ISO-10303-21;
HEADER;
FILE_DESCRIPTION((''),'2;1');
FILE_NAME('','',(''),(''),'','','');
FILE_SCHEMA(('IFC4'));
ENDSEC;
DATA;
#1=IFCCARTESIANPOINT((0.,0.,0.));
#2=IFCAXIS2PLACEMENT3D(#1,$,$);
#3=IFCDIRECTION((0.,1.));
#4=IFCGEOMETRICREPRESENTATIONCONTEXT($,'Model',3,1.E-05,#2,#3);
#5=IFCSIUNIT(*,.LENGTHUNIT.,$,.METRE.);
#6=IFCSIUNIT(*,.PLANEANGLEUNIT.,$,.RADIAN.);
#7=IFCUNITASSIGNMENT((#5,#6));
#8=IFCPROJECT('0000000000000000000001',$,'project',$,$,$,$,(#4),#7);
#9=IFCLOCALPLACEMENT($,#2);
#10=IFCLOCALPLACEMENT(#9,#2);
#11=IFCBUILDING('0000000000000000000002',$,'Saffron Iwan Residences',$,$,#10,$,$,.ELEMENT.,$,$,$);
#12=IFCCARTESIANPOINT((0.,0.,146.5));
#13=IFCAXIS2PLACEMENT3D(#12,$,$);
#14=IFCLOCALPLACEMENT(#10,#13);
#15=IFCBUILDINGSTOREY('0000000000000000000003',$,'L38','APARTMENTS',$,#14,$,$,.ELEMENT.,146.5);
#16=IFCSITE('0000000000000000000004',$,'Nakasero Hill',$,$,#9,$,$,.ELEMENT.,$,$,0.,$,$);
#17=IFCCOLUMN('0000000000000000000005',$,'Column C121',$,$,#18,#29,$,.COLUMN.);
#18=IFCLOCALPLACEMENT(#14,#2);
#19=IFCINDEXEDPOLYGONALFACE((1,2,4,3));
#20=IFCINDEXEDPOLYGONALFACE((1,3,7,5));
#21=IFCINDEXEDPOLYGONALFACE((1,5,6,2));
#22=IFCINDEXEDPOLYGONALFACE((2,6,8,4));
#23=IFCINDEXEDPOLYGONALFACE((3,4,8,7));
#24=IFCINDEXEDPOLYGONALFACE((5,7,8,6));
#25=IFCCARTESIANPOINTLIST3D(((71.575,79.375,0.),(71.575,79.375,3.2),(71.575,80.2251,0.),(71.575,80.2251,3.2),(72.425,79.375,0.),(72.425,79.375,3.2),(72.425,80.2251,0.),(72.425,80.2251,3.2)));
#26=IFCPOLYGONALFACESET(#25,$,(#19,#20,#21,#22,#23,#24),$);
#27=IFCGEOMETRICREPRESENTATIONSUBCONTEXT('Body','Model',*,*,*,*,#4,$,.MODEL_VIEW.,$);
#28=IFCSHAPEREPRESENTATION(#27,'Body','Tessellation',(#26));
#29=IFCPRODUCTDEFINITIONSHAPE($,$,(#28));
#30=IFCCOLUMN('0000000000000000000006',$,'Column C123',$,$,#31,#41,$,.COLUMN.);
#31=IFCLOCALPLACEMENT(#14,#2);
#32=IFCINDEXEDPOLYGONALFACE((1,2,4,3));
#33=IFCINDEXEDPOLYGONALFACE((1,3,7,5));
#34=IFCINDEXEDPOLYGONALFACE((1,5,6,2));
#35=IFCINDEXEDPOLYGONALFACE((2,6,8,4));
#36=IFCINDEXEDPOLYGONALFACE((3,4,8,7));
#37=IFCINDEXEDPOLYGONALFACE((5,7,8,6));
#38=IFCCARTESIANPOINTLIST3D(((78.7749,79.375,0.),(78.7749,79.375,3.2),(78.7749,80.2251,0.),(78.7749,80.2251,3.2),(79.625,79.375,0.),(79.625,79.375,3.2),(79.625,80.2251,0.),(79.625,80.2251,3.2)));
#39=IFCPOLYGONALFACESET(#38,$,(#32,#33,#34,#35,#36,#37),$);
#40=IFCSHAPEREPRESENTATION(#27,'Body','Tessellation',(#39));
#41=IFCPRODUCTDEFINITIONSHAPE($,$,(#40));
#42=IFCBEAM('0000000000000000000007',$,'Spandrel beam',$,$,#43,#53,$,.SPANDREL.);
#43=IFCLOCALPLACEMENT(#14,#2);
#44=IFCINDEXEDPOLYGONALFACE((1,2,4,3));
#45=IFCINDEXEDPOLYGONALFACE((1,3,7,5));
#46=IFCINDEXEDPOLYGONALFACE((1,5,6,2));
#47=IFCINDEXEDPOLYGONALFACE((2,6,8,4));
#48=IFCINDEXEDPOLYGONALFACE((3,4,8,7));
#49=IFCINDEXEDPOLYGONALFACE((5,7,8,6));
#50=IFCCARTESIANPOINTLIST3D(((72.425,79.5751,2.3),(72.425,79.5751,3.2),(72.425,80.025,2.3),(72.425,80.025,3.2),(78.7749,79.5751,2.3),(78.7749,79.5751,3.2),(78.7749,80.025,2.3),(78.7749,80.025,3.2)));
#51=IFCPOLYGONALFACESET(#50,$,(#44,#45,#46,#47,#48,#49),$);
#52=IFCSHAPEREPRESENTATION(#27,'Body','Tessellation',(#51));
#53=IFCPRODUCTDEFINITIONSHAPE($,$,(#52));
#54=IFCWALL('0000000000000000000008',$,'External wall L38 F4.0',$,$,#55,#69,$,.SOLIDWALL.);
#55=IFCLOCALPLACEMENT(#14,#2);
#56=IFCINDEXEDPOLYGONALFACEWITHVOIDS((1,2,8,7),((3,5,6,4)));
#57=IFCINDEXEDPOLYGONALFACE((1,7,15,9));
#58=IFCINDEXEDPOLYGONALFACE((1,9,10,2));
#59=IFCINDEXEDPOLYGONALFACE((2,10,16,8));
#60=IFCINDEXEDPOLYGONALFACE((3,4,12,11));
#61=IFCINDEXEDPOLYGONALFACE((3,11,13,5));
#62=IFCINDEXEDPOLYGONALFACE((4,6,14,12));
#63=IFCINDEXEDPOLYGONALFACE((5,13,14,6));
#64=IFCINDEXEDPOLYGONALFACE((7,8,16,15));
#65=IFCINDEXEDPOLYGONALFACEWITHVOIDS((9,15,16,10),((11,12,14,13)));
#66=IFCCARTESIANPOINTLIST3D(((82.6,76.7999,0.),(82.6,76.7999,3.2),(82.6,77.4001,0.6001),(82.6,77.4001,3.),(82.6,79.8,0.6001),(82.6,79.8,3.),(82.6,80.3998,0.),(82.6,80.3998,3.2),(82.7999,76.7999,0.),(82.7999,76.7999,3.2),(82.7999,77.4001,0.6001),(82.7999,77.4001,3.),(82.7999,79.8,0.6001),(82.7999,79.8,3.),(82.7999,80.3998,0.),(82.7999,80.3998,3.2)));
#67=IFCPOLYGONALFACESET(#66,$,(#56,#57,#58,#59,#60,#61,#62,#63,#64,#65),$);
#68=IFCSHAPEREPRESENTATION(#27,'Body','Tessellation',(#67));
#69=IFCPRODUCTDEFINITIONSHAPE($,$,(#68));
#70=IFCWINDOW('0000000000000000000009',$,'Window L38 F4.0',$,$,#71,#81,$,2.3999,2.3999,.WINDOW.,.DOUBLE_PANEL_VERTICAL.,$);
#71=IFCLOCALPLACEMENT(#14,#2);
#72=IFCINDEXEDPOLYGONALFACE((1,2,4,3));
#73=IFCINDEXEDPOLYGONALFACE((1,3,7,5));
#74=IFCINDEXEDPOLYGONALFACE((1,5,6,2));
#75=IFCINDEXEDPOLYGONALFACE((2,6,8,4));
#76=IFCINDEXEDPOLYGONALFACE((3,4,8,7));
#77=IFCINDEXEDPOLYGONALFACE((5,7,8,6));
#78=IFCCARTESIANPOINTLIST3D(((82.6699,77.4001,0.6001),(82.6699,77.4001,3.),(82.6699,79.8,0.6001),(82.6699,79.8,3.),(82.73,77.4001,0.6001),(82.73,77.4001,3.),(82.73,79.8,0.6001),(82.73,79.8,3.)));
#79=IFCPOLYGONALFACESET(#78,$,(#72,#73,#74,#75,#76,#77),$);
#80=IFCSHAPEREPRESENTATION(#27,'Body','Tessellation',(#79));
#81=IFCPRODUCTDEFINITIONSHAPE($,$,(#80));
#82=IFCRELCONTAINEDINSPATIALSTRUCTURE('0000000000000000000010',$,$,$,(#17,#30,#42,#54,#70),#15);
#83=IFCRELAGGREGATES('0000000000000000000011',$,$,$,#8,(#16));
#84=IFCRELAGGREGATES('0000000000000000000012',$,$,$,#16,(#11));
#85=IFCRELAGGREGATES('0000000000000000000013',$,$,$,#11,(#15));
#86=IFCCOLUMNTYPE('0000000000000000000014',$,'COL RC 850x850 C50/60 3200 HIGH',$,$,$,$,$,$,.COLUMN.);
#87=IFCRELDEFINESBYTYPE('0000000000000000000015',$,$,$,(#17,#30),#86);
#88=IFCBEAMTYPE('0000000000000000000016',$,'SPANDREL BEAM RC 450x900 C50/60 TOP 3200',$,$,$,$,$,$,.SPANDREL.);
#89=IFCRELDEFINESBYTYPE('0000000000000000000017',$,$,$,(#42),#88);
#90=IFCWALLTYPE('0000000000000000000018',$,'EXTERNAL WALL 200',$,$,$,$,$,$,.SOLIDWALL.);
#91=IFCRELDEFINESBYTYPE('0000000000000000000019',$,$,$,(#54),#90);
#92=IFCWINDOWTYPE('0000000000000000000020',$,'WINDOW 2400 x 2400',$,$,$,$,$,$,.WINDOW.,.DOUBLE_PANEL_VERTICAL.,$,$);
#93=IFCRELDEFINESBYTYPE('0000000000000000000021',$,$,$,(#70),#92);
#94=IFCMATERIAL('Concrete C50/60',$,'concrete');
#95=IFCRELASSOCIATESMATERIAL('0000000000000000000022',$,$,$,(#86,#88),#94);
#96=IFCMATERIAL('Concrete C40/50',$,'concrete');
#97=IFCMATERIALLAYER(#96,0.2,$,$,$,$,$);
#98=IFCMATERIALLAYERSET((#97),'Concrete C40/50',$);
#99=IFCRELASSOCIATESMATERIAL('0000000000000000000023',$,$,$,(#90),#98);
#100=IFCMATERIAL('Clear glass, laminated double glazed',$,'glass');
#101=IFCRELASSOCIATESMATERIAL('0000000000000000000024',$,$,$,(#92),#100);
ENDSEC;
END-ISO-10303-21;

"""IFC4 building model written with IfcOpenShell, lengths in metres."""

from ifc_helpers import new_model, si_unit, direction, frame, frame_2d, origin, origin_2d, place, context, subcontext, project, spatial, rectangle, extrude, source, transform, mapped, material, layer, layer_set, material_profile, profile_set, type_object, element, fill, save


model = new_model("IFC4")

# Units and contexts
model_context = context("Model", 3, precision=1e-05, world=origin(), true_north=direction((0.0, 1.0)))
body_context = subcontext(model_context, "Body", "Model", "MODEL_VIEW")
ifc_project = project(units=[si_unit("LENGTHUNIT", "METRE"), si_unit("PLANEANGLEUNIT", "RADIAN")], contexts=[model_context])

# Site, building, storey
site_placement = place(None, origin())
site = spatial("IfcSite", under=ifc_project, at=site_placement, Name="Nakasero Hill", CompositionType="ELEMENT", RefElevation=0.0)
building_placement = place(site_placement, origin())
building = spatial("IfcBuilding", under=site, at=building_placement, Name="Saffron Iwan Residences", CompositionType="ELEMENT")
storey_placement = place(building_placement, frame((0.0, 0.0, 146.5)))
storey = spatial("IfcBuildingStorey", under=building, at=storey_placement, Name="L38", Description="APARTMENTS", CompositionType="ELEMENT", Elevation=146.5)

# Columns
ifc_material_1 = material(Name="Concrete C50/60", Category="concrete")
ifc_material_profile_1 = material_profile(ifc_material_1, rectangle(XDim=0.8501, YDim=0.8501, at=origin_2d()), Name="RC 850x850")
ifc_profile_set_1 = profile_set([ifc_material_profile_1], Name="Concrete C50/60")
column_type = type_object("IfcColumnType", Name="COL RC 850x850 C50/60 3200 HIGH", PredefinedType="COLUMN", material=ifc_profile_set_1)
shared_shape_1 = source(origin(), body_context, "Body", "SweptSolid", [
    extrude(rectangle(XDim=0.8501, YDim=0.8501, at=origin_2d()), origin(), (0.0, 0.0, 1.0), 3.2),
])
for number, where, z_axis, x_axis, name in (
    (1, (72.0, 79.8, 0.0), (0.0, 0.0, 1.0), (1.0, 0.0, 0.0), "Column C121"),
    (2, (79.2, 79.8, 0.0), (0.0, 0.0, 1.0), (1.0, 0.0, 0.0), "Column C123"),
):
    element("IfcColumn", number, at=place(storey_placement, frame(where, z_axis=z_axis, x_axis=x_axis)), inside=storey, type_object=column_type, Name=name, PredefinedType="COLUMN", context=body_context, shape_type="MappedRepresentation", body=[
        mapped(shared_shape_1, transform((0.0, 0.0, 0.0))),
    ])

# Beam
ifc_material_profile_2 = material_profile(ifc_material_1, rectangle(XDim=0.45, YDim=0.8999, at=origin_2d()), Name="RC 450x900")
ifc_profile_set_2 = profile_set([ifc_material_profile_2], Name="Concrete C50/60")
beam_type = type_object("IfcBeamType", Name="SPANDREL BEAM RC 450x900 C50/60 TOP 3200", PredefinedType="SPANDREL", material=ifc_profile_set_2)
shared_shape_2 = source(origin(), body_context, "Body", "SweptSolid", [
    extrude(rectangle(XDim=0.45, YDim=0.8999, at=origin_2d()), origin(), (0.0, 0.0, 1.0), 6.3499),
])
beam_placement = place(storey_placement, frame((72.425, 79.8, 2.75), z_axis=(1.0, 0.0, 0.0), x_axis=(0.0, 1.0, 0.0)))
element("IfcBeam", 3, at=beam_placement, inside=storey, type_object=beam_type, Name="Spandrel beam", PredefinedType="SPANDREL", context=body_context, shape_type="MappedRepresentation", body=[
    mapped(shared_shape_2, transform((0.0, 0.0, 0.0))),
])

# Wall, opening, window
ifc_material_2 = material(Name="Concrete C40/50", Category="concrete")
ifc_layer_1 = layer(ifc_material_2, 0.2)
ifc_layer_set_1 = layer_set([ifc_layer_1], Name="Concrete C40/50")
wall_type_1 = type_object("IfcWallType", Name="EXTERNAL WALL 200", PredefinedType="SOLIDWALL", material=ifc_layer_set_1)
wall_1_placement = place(storey_placement, frame((82.7, 76.8, 0.0), z_axis=(0.0, 0.0, 1.0), x_axis=(0.0, 1.0, 0.0)))
wall_1 = element("IfcWall", 4, at=wall_1_placement, inside=storey, type_object=wall_type_1, Name="External wall L38 F4.0", PredefinedType="SOLIDWALL", context=body_context, shape_type="SweptSolid", body=[
    extrude(rectangle(XDim=3.5999, YDim=0.2, at=frame_2d((1.7998, 0.0))), origin(), (0.0, 0.0, 1.0), 3.2),
])
opening_1_placement = place(wall_1_placement, frame((0.6001, 0.0, 0.6001)))
opening_1 = element("IfcOpeningElement", 5, at=opening_1_placement, cuts=wall_1, PredefinedType="OPENING", context=body_context, shape_type="SweptSolid", body=[
    extrude(rectangle(XDim=2.3999, YDim=2.3999, at=frame_2d((1.2, 1.2))), frame((0.0, 0.1099, 0.0), z_axis=(0.0, -1.0, 0.0), x_axis=(1.0, 0.0, 0.0)), (0.0, 0.0, 1.0), 0.22),
])
ifc_material_3 = material(Name="Clear glass, laminated double glazed", Category="glass")
window_type_1 = type_object("IfcWindowType", Name="WINDOW 2400 x 2400", PartitioningType="DOUBLE_PANEL_VERTICAL", PredefinedType="WINDOW", material=ifc_material_3)
window_1_placement = place(opening_1_placement, origin())
window_1 = element("IfcWindow", 6, at=window_1_placement, inside=storey, type_object=window_type_1, Name="Window L38 F4.0", OverallHeight=2.3999, OverallWidth=2.3999, PartitioningType="DOUBLE_PANEL_VERTICAL", PredefinedType="WINDOW", context=body_context, shape_type="SweptSolid", body=[
    extrude(rectangle(XDim=2.3999, YDim=2.3999, at=frame_2d((1.2, 1.2))), frame((0.0, 0.03, 0.0), z_axis=(0.0, -1.0, 0.0), x_axis=(1.0, 0.0, 0.0)), (0.0, 0.0, 1.0), 0.0601),
])
fill(opening_1, window_1)

save(model, "model.ifc")
